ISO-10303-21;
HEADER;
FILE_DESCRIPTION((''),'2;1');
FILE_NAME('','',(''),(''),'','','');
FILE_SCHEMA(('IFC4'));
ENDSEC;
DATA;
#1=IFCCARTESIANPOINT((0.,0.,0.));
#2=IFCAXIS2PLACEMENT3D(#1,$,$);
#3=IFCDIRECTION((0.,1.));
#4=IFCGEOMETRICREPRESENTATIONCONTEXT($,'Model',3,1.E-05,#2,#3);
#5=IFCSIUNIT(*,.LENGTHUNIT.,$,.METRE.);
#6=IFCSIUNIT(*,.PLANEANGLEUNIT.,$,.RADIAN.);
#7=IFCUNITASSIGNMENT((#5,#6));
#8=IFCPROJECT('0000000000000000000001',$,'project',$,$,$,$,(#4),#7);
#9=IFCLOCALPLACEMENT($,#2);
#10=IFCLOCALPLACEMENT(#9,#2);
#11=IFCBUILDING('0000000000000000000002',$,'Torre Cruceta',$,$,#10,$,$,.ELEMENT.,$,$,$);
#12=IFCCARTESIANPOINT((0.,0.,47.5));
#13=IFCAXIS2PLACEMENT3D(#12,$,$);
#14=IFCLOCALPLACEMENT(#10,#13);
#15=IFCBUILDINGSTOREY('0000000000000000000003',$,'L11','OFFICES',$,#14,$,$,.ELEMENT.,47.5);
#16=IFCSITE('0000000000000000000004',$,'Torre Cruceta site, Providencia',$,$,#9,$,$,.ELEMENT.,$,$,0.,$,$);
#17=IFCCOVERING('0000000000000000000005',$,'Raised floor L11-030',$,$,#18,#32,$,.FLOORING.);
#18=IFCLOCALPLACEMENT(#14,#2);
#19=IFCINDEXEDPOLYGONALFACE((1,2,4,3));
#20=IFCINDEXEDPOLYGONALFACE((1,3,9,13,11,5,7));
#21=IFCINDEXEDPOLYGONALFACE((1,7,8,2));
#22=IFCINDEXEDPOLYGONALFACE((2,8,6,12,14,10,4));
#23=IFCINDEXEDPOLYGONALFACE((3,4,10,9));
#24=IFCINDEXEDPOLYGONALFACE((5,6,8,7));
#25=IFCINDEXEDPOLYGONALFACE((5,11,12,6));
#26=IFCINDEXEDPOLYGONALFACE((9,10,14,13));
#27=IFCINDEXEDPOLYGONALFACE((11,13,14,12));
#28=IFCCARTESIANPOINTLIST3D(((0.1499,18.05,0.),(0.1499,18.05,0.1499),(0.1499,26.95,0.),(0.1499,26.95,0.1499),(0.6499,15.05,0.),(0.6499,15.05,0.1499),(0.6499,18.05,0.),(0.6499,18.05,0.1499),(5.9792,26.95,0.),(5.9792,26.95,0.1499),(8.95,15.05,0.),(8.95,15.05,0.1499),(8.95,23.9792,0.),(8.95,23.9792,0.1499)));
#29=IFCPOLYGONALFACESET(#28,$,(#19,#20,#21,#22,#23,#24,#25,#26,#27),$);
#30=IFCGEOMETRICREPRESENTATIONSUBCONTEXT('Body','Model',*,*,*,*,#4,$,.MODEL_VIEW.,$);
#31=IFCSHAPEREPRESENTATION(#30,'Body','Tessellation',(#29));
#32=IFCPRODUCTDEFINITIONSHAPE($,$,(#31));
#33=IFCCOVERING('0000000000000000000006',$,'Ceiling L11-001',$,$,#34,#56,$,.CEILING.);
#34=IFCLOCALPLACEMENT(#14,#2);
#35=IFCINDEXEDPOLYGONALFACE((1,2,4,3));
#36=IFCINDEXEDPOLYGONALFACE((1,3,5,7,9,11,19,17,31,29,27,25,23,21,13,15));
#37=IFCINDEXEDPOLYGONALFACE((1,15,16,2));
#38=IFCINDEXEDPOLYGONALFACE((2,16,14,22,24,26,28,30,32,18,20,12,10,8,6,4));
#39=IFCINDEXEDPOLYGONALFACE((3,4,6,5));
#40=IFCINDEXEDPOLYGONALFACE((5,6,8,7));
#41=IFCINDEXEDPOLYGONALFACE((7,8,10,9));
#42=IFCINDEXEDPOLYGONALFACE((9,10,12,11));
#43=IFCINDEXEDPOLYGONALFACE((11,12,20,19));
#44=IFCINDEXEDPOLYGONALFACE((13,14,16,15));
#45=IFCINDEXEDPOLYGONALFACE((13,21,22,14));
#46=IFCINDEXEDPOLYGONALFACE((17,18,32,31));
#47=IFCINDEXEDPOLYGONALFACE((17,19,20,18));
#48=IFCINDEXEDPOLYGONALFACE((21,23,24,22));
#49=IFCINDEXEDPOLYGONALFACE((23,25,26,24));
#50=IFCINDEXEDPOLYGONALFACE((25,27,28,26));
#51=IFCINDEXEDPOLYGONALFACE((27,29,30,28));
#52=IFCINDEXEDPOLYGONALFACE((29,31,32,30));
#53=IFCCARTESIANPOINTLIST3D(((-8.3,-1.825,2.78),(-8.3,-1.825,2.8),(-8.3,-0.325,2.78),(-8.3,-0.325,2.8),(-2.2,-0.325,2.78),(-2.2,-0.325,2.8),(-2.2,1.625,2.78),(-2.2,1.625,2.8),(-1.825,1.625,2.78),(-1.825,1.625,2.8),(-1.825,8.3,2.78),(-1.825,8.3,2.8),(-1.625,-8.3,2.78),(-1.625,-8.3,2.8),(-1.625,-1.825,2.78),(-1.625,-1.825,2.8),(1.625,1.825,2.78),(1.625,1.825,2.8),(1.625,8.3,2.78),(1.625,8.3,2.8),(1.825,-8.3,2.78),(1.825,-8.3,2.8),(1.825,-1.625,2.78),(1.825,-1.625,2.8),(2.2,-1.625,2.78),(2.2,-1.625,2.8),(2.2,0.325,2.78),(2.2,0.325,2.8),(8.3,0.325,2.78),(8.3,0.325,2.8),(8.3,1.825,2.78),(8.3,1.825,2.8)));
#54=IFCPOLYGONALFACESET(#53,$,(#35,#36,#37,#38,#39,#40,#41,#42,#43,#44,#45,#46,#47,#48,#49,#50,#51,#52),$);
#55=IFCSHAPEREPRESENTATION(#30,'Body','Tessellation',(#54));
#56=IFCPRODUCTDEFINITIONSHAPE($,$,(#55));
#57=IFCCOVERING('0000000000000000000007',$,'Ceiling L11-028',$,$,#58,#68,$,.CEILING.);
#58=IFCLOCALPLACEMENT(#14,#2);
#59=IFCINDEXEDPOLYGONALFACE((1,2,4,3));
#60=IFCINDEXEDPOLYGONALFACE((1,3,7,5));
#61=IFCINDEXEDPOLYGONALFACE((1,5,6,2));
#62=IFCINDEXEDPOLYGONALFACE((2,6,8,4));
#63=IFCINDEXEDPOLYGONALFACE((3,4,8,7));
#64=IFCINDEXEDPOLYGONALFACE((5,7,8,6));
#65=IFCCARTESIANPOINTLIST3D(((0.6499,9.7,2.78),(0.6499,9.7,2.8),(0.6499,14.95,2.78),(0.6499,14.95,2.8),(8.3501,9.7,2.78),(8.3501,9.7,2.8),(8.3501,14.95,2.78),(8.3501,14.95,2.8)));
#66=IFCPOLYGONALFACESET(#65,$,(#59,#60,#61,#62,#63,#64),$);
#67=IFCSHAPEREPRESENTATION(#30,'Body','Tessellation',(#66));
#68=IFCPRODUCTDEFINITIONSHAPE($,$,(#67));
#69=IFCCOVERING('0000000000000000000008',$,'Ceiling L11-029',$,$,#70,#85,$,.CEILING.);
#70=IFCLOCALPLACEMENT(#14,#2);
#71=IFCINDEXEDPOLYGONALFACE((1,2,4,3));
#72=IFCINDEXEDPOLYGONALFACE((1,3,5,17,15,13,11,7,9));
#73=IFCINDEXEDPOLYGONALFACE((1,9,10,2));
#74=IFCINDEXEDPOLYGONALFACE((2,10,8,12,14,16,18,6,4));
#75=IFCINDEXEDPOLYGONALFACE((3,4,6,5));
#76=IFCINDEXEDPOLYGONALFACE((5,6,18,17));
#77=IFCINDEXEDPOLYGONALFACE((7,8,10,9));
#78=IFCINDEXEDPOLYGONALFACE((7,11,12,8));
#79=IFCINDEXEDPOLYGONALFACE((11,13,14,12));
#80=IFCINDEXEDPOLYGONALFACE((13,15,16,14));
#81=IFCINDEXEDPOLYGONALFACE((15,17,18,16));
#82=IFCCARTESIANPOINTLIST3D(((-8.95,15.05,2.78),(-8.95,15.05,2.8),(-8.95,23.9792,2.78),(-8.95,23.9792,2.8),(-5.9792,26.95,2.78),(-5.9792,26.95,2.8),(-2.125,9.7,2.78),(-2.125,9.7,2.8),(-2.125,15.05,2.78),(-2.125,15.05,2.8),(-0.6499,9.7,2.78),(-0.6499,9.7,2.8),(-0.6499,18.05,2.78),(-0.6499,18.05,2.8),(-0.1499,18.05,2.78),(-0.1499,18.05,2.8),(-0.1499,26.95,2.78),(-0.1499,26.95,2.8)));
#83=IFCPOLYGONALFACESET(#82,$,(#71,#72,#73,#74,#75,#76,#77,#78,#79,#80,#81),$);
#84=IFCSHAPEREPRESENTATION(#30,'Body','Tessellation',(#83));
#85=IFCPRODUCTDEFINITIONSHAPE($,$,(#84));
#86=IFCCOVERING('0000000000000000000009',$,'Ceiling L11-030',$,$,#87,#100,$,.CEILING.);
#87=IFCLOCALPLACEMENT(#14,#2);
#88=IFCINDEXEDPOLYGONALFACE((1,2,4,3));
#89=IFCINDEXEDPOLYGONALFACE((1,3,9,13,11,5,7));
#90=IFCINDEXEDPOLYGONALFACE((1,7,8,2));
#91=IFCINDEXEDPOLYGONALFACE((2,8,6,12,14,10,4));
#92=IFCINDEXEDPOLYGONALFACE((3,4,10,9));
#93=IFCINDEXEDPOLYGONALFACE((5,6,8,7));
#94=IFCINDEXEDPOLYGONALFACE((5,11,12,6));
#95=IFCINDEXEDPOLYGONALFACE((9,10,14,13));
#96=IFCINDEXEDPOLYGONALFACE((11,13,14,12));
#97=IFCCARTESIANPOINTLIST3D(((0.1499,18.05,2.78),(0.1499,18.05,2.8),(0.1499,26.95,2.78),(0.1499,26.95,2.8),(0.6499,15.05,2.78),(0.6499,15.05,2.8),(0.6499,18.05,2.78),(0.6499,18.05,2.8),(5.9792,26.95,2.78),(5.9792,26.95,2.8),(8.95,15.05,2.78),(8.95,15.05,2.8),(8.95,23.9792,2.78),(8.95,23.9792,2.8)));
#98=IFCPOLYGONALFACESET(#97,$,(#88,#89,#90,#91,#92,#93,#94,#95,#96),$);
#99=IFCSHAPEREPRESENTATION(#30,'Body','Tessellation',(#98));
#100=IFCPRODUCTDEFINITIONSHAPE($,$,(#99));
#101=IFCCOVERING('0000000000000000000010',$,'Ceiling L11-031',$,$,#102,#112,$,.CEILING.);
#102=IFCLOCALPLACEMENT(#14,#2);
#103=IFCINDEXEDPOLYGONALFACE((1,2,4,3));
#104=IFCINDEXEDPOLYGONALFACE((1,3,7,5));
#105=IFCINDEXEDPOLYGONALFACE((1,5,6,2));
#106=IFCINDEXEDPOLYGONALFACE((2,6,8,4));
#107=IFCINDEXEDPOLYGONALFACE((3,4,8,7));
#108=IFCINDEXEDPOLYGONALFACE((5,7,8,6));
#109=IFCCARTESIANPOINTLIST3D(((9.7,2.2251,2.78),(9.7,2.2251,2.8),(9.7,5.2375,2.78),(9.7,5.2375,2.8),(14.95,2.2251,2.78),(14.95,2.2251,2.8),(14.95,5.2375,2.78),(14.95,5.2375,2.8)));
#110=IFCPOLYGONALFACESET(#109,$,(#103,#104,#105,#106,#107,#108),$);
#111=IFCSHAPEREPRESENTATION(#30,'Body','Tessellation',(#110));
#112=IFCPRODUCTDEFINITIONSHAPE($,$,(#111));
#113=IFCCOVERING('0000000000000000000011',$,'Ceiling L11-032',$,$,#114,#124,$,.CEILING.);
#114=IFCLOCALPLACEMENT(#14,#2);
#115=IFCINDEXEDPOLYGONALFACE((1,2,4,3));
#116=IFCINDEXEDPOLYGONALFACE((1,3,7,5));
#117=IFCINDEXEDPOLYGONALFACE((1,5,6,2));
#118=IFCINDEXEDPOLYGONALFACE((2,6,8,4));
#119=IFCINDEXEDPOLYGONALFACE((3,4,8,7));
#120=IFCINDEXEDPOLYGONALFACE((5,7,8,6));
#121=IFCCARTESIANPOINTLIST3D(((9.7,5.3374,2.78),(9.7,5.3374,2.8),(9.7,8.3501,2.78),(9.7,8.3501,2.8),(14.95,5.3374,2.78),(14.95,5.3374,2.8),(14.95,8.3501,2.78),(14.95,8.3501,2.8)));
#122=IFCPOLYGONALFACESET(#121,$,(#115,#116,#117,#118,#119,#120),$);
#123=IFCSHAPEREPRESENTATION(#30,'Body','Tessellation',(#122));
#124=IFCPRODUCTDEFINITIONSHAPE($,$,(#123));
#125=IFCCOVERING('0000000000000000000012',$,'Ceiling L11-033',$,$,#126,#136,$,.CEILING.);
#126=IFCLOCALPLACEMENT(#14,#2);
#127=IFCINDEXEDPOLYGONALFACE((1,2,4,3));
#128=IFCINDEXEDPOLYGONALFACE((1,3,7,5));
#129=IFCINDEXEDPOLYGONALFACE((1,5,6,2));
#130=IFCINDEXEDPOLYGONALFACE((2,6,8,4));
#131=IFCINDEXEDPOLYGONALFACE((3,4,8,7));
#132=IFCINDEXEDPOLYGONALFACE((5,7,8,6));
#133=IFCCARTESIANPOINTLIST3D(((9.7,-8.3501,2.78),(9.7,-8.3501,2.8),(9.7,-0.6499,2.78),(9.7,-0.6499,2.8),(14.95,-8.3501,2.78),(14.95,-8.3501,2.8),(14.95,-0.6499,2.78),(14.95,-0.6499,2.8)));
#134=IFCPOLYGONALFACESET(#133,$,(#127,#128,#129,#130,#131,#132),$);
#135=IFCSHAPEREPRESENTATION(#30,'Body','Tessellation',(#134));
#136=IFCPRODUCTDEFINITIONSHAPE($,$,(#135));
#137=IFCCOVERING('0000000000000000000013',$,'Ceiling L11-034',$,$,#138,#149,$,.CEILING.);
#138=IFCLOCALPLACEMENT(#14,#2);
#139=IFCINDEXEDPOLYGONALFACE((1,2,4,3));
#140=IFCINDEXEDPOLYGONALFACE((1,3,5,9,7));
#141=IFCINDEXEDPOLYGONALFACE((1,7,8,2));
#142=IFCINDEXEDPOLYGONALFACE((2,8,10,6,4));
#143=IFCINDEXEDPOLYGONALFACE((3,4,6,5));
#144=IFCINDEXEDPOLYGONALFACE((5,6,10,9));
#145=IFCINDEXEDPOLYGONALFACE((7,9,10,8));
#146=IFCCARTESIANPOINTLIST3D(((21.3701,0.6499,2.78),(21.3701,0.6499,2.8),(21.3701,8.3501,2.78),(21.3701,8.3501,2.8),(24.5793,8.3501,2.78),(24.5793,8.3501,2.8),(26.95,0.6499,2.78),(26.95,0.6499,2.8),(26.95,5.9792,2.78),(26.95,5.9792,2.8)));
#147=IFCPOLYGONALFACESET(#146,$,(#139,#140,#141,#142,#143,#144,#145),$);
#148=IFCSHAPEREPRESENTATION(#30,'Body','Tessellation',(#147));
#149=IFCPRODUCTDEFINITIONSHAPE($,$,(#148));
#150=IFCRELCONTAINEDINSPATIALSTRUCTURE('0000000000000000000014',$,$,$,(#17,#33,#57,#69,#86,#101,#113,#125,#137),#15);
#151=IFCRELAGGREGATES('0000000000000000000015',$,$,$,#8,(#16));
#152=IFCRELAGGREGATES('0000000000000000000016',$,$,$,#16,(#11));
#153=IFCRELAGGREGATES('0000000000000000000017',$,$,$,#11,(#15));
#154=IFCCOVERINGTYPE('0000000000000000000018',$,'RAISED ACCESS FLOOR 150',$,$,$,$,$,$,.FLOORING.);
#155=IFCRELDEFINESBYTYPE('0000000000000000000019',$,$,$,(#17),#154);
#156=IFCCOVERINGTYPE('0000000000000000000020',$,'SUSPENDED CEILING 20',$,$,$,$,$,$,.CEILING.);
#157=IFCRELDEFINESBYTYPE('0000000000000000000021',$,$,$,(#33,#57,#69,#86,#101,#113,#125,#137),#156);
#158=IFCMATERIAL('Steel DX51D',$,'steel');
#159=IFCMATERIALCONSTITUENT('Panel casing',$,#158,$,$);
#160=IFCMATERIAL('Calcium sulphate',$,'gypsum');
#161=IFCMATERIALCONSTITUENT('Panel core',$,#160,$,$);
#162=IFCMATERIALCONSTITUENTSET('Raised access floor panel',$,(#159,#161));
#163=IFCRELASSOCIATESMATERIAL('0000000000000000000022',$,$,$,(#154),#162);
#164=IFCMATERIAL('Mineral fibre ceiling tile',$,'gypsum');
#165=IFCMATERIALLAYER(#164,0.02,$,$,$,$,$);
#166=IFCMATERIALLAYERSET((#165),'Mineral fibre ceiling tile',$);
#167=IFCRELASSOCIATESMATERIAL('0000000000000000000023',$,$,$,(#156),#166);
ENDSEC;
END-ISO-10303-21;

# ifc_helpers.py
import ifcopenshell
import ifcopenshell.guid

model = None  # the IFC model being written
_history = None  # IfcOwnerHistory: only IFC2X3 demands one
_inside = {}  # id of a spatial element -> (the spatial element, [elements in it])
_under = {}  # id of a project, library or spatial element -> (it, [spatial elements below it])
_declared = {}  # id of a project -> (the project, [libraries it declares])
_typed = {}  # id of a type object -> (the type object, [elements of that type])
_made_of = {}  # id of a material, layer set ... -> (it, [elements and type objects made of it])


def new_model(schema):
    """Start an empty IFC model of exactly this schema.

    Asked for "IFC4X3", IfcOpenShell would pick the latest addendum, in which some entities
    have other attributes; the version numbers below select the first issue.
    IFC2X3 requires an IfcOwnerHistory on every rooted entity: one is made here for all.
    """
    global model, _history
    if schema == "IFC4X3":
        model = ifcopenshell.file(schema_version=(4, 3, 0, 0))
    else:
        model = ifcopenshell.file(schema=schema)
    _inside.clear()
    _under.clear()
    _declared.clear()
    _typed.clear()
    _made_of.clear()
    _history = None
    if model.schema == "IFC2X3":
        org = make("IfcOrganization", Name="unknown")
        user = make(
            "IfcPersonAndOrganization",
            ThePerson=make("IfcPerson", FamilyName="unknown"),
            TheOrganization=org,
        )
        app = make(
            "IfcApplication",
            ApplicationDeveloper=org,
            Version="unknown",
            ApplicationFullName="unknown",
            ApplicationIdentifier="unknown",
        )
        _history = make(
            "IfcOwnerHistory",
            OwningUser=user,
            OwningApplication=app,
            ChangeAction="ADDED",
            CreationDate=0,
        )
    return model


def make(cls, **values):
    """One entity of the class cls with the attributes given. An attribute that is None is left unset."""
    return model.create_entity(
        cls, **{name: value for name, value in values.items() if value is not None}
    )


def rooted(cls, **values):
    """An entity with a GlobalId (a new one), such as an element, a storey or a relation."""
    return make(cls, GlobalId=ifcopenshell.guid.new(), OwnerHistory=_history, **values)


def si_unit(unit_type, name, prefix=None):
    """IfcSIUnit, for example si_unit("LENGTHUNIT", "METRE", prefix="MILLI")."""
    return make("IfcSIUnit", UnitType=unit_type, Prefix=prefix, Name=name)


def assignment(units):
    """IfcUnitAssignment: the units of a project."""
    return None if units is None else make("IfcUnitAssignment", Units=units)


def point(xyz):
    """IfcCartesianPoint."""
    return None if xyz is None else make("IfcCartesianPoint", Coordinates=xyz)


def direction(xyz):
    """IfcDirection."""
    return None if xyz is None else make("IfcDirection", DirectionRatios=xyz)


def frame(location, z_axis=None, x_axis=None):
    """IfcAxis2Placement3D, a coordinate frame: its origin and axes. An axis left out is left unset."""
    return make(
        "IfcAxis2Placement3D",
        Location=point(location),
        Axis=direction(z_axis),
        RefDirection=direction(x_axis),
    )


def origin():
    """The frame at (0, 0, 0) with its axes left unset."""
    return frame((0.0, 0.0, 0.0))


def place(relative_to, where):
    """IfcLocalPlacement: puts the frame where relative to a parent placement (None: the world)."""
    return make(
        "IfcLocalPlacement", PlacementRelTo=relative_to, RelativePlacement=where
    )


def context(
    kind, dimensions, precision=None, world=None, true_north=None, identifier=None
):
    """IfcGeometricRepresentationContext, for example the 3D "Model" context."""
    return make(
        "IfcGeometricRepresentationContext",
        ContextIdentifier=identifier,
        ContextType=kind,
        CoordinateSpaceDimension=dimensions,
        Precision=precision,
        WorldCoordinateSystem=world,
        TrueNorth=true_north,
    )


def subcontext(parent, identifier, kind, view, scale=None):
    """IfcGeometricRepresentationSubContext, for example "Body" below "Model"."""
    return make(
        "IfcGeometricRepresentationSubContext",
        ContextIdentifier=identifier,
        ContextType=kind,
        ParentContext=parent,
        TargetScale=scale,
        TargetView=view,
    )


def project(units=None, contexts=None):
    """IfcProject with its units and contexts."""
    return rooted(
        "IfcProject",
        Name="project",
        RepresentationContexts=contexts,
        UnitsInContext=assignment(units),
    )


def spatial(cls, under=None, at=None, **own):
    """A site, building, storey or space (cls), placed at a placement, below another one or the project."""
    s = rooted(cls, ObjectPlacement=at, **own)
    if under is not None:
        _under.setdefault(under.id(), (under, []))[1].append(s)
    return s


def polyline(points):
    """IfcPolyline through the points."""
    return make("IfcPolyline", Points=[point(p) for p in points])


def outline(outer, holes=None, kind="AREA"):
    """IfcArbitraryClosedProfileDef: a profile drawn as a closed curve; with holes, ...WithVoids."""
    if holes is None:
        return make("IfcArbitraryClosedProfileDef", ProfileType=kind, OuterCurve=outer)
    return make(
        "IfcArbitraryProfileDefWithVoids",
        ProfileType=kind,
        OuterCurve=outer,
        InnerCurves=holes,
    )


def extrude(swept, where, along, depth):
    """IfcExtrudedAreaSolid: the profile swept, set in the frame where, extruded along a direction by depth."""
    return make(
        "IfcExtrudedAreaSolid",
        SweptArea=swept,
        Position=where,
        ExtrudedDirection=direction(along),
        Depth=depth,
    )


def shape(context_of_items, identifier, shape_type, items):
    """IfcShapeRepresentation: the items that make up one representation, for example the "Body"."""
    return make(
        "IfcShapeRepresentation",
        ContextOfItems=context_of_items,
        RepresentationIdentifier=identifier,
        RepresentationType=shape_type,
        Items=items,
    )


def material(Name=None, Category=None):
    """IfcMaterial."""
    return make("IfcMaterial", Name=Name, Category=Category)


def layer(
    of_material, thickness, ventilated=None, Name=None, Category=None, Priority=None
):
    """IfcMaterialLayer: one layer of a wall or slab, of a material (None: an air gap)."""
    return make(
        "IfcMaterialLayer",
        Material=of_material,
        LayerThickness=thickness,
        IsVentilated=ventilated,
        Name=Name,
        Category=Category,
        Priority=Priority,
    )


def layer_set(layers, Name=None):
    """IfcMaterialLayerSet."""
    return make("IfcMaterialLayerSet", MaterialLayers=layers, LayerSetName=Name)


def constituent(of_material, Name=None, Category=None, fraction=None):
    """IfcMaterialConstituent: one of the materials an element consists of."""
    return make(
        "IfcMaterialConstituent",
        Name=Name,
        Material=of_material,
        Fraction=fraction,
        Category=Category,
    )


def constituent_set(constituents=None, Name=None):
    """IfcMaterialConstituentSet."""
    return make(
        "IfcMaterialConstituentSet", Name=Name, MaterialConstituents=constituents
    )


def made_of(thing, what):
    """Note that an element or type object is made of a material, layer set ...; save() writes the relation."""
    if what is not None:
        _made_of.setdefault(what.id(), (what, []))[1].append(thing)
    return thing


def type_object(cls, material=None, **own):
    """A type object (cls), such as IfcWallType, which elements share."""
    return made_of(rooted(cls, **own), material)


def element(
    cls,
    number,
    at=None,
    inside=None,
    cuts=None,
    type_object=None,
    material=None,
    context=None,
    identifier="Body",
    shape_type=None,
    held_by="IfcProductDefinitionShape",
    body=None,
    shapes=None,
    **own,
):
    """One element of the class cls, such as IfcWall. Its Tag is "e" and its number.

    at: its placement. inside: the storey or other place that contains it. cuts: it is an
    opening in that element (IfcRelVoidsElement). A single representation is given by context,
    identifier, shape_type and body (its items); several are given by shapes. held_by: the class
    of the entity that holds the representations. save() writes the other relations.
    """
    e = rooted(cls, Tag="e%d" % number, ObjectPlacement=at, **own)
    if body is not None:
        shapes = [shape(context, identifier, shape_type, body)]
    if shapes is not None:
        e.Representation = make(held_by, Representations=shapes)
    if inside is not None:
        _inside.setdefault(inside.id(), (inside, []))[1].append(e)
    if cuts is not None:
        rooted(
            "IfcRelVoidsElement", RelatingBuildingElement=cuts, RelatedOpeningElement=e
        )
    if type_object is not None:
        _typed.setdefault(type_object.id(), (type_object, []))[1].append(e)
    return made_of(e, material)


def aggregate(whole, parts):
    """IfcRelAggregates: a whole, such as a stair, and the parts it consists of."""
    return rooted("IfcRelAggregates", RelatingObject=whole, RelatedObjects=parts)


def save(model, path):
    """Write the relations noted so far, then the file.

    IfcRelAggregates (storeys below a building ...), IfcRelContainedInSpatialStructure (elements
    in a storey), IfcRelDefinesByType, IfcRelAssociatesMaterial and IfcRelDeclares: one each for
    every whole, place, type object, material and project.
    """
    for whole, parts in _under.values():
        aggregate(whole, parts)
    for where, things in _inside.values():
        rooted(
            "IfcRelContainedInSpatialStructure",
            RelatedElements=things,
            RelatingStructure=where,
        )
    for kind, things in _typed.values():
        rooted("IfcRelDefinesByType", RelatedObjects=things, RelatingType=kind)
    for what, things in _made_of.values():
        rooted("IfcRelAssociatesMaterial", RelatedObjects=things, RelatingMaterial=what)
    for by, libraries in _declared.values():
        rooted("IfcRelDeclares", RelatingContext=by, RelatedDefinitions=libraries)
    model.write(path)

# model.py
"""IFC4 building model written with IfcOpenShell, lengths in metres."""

from ifc_helpers import new_model, si_unit, direction, frame, origin, place, context, subcontext, project, spatial, polyline, outline, extrude, material, layer, layer_set, constituent, constituent_set, type_object, element, save


model = new_model("IFC4")

# Units and contexts
model_context = context("Model", 3, precision=1e-05, world=origin(), true_north=direction((0.0, 1.0)))
body_context = subcontext(model_context, "Body", "Model", "MODEL_VIEW")
ifc_project = project(units=[si_unit("LENGTHUNIT", "METRE"), si_unit("PLANEANGLEUNIT", "RADIAN")], contexts=[model_context])

# Site, building, storey
site_placement = place(None, origin())
site = spatial("IfcSite", under=ifc_project, at=site_placement, Name="Torre Cruceta site, Providencia", CompositionType="ELEMENT", RefElevation=0.0)
building_placement = place(site_placement, origin())
building = spatial("IfcBuilding", under=site, at=building_placement, Name="Torre Cruceta", CompositionType="ELEMENT")
storey_placement = place(building_placement, frame((0.0, 0.0, 47.5)))
storey = spatial("IfcBuildingStorey", under=building, at=storey_placement, Name="L11", Description="OFFICES", CompositionType="ELEMENT", Elevation=47.5)

# Coverings
ifc_material_1 = material(Name="Steel DX51D", Category="steel")
ifc_constituent_1 = constituent(ifc_material_1, Name="Panel casing")
ifc_material_2 = material(Name="Calcium sulphate", Category="gypsum")
ifc_constituent_2 = constituent(ifc_material_2, Name="Panel core")
ifc_constituent_set_1 = constituent_set(constituents=[ifc_constituent_1, ifc_constituent_2], Name="Raised access floor panel")
covering_type_1 = type_object("IfcCoveringType", Name="RAISED ACCESS FLOOR 150", PredefinedType="FLOORING", material=ifc_constituent_set_1)
covering_1_placement = place(storey_placement, origin())
element("IfcCovering", 1, at=covering_1_placement, inside=storey, type_object=covering_type_1, Name="Raised floor L11-030", PredefinedType="FLOORING", context=body_context, shape_type="SweptSolid", body=[
    extrude(outline(polyline([(5.9792, 26.95), (8.95, 23.9792), (8.95, 15.05), (0.6499, 15.05), (0.6499, 18.05), (0.1499, 18.05), (0.1499, 26.95), (5.9792, 26.95)])), origin(), (0.0, 0.0, 1.0), 0.1499),
])
ifc_material_3 = material(Name="Mineral fibre ceiling tile", Category="gypsum")
ifc_layer_1 = layer(ifc_material_3, 0.02)
ifc_layer_set_1 = layer_set([ifc_layer_1], Name="Mineral fibre ceiling tile")
covering_type_2 = type_object("IfcCoveringType", Name="SUSPENDED CEILING 20", PredefinedType="CEILING", material=ifc_layer_set_1)
covering_2_placement = place(storey_placement, frame((0.0, 0.0, 2.78)))
element("IfcCovering", 2, at=covering_2_placement, inside=storey, type_object=covering_type_2, Name="Ceiling L11-001", PredefinedType="CEILING", context=body_context, shape_type="SweptSolid", body=[
    extrude(outline(polyline([(1.825, -8.3), (-1.625, -8.3), (-1.625, -1.825), (-8.3, -1.825), (-8.3, -0.325), (-2.2, -0.325), (-2.2, 1.625), (-1.825, 1.625), (-1.825, 8.3), (1.625, 8.3), (1.625, 1.825), (8.3, 1.825), (8.3, 0.325), (2.2, 0.325), (2.2, -1.625), (1.825, -1.625), (1.825, -8.3)])), origin(), (0.0, 0.0, 1.0), 0.02),
])
covering_3_placement = place(storey_placement, frame((0.0, 0.0, 2.78)))
element("IfcCovering", 3, at=covering_3_placement, inside=storey, type_object=covering_type_2, Name="Ceiling L11-028", PredefinedType="CEILING", context=body_context, shape_type="SweptSolid", body=[
    extrude(outline(polyline([(8.3501, 9.7), (0.6499, 9.7), (0.6499, 14.95), (8.3501, 14.95), (8.3501, 9.7)])), origin(), (0.0, 0.0, 1.0), 0.02),
])
covering_4_placement = place(storey_placement, frame((0.0, 0.0, 2.78)))
element("IfcCovering", 4, at=covering_4_placement, inside=storey, type_object=covering_type_2, Name="Ceiling L11-029", PredefinedType="CEILING", context=body_context, shape_type="SweptSolid", body=[
    extrude(outline(polyline([(-0.1499, 26.95), (-0.1499, 18.05), (-0.6499, 18.05), (-0.6499, 9.7), (-2.125, 9.7), (-2.125, 15.05), (-8.95, 15.05), (-8.95, 23.9792), (-5.9792, 26.95), (-0.1499, 26.95)])), origin(), (0.0, 0.0, 1.0), 0.02),
])
covering_5_placement = place(storey_placement, frame((0.0, 0.0, 2.78)))
element("IfcCovering", 5, at=covering_5_placement, inside=storey, type_object=covering_type_2, Name="Ceiling L11-030", PredefinedType="CEILING", context=body_context, shape_type="SweptSolid", body=[
    extrude(outline(polyline([(5.9792, 26.95), (8.95, 23.9792), (8.95, 15.05), (0.6499, 15.05), (0.6499, 18.05), (0.1499, 18.05), (0.1499, 26.95), (5.9792, 26.95)])), origin(), (0.0, 0.0, 1.0), 0.02),
])
covering_6_placement = place(storey_placement, frame((0.0, 0.0, 2.78)))
element("IfcCovering", 6, at=covering_6_placement, inside=storey, type_object=covering_type_2, Name="Ceiling L11-031", PredefinedType="CEILING", context=body_context, shape_type="SweptSolid", body=[
    extrude(outline(polyline([(9.7, 2.2251), (9.7, 5.2375), (14.95, 5.2375), (14.95, 2.2251), (9.7, 2.2251)])), origin(), (0.0, 0.0, 1.0), 0.02),
])
covering_7_placement = place(storey_placement, frame((0.0, 0.0, 2.78)))
element("IfcCovering", 7, at=covering_7_placement, inside=storey, type_object=covering_type_2, Name="Ceiling L11-032", PredefinedType="CEILING", context=body_context, shape_type="SweptSolid", body=[
    extrude(outline(polyline([(9.7, 5.3374), (9.7, 8.3501), (14.95, 8.3501), (14.95, 5.3374), (9.7, 5.3374)])), origin(), (0.0, 0.0, 1.0), 0.02),
])
covering_8_placement = place(storey_placement, frame((0.0, 0.0, 2.78)))
element("IfcCovering", 8, at=covering_8_placement, inside=storey, type_object=covering_type_2, Name="Ceiling L11-033", PredefinedType="CEILING", context=body_context, shape_type="SweptSolid", body=[
    extrude(outline(polyline([(9.7, -8.3501), (9.7, -0.6499), (14.95, -0.6499), (14.95, -8.3501), (9.7, -8.3501)])), origin(), (0.0, 0.0, 1.0), 0.02),
])
covering_9_placement = place(storey_placement, frame((0.0, 0.0, 2.78)))
element("IfcCovering", 9, at=covering_9_placement, inside=storey, type_object=covering_type_2, Name="Ceiling L11-034", PredefinedType="CEILING", context=body_context, shape_type="SweptSolid", body=[
    extrude(outline(polyline([(26.95, 0.6499), (21.3701, 0.6499), (21.3701, 8.3501), (24.5793, 8.3501), (26.95, 5.9792), (26.95, 0.6499)])), origin(), (0.0, 0.0, 1.0), 0.02),
])

save(model, "model.ifc")
